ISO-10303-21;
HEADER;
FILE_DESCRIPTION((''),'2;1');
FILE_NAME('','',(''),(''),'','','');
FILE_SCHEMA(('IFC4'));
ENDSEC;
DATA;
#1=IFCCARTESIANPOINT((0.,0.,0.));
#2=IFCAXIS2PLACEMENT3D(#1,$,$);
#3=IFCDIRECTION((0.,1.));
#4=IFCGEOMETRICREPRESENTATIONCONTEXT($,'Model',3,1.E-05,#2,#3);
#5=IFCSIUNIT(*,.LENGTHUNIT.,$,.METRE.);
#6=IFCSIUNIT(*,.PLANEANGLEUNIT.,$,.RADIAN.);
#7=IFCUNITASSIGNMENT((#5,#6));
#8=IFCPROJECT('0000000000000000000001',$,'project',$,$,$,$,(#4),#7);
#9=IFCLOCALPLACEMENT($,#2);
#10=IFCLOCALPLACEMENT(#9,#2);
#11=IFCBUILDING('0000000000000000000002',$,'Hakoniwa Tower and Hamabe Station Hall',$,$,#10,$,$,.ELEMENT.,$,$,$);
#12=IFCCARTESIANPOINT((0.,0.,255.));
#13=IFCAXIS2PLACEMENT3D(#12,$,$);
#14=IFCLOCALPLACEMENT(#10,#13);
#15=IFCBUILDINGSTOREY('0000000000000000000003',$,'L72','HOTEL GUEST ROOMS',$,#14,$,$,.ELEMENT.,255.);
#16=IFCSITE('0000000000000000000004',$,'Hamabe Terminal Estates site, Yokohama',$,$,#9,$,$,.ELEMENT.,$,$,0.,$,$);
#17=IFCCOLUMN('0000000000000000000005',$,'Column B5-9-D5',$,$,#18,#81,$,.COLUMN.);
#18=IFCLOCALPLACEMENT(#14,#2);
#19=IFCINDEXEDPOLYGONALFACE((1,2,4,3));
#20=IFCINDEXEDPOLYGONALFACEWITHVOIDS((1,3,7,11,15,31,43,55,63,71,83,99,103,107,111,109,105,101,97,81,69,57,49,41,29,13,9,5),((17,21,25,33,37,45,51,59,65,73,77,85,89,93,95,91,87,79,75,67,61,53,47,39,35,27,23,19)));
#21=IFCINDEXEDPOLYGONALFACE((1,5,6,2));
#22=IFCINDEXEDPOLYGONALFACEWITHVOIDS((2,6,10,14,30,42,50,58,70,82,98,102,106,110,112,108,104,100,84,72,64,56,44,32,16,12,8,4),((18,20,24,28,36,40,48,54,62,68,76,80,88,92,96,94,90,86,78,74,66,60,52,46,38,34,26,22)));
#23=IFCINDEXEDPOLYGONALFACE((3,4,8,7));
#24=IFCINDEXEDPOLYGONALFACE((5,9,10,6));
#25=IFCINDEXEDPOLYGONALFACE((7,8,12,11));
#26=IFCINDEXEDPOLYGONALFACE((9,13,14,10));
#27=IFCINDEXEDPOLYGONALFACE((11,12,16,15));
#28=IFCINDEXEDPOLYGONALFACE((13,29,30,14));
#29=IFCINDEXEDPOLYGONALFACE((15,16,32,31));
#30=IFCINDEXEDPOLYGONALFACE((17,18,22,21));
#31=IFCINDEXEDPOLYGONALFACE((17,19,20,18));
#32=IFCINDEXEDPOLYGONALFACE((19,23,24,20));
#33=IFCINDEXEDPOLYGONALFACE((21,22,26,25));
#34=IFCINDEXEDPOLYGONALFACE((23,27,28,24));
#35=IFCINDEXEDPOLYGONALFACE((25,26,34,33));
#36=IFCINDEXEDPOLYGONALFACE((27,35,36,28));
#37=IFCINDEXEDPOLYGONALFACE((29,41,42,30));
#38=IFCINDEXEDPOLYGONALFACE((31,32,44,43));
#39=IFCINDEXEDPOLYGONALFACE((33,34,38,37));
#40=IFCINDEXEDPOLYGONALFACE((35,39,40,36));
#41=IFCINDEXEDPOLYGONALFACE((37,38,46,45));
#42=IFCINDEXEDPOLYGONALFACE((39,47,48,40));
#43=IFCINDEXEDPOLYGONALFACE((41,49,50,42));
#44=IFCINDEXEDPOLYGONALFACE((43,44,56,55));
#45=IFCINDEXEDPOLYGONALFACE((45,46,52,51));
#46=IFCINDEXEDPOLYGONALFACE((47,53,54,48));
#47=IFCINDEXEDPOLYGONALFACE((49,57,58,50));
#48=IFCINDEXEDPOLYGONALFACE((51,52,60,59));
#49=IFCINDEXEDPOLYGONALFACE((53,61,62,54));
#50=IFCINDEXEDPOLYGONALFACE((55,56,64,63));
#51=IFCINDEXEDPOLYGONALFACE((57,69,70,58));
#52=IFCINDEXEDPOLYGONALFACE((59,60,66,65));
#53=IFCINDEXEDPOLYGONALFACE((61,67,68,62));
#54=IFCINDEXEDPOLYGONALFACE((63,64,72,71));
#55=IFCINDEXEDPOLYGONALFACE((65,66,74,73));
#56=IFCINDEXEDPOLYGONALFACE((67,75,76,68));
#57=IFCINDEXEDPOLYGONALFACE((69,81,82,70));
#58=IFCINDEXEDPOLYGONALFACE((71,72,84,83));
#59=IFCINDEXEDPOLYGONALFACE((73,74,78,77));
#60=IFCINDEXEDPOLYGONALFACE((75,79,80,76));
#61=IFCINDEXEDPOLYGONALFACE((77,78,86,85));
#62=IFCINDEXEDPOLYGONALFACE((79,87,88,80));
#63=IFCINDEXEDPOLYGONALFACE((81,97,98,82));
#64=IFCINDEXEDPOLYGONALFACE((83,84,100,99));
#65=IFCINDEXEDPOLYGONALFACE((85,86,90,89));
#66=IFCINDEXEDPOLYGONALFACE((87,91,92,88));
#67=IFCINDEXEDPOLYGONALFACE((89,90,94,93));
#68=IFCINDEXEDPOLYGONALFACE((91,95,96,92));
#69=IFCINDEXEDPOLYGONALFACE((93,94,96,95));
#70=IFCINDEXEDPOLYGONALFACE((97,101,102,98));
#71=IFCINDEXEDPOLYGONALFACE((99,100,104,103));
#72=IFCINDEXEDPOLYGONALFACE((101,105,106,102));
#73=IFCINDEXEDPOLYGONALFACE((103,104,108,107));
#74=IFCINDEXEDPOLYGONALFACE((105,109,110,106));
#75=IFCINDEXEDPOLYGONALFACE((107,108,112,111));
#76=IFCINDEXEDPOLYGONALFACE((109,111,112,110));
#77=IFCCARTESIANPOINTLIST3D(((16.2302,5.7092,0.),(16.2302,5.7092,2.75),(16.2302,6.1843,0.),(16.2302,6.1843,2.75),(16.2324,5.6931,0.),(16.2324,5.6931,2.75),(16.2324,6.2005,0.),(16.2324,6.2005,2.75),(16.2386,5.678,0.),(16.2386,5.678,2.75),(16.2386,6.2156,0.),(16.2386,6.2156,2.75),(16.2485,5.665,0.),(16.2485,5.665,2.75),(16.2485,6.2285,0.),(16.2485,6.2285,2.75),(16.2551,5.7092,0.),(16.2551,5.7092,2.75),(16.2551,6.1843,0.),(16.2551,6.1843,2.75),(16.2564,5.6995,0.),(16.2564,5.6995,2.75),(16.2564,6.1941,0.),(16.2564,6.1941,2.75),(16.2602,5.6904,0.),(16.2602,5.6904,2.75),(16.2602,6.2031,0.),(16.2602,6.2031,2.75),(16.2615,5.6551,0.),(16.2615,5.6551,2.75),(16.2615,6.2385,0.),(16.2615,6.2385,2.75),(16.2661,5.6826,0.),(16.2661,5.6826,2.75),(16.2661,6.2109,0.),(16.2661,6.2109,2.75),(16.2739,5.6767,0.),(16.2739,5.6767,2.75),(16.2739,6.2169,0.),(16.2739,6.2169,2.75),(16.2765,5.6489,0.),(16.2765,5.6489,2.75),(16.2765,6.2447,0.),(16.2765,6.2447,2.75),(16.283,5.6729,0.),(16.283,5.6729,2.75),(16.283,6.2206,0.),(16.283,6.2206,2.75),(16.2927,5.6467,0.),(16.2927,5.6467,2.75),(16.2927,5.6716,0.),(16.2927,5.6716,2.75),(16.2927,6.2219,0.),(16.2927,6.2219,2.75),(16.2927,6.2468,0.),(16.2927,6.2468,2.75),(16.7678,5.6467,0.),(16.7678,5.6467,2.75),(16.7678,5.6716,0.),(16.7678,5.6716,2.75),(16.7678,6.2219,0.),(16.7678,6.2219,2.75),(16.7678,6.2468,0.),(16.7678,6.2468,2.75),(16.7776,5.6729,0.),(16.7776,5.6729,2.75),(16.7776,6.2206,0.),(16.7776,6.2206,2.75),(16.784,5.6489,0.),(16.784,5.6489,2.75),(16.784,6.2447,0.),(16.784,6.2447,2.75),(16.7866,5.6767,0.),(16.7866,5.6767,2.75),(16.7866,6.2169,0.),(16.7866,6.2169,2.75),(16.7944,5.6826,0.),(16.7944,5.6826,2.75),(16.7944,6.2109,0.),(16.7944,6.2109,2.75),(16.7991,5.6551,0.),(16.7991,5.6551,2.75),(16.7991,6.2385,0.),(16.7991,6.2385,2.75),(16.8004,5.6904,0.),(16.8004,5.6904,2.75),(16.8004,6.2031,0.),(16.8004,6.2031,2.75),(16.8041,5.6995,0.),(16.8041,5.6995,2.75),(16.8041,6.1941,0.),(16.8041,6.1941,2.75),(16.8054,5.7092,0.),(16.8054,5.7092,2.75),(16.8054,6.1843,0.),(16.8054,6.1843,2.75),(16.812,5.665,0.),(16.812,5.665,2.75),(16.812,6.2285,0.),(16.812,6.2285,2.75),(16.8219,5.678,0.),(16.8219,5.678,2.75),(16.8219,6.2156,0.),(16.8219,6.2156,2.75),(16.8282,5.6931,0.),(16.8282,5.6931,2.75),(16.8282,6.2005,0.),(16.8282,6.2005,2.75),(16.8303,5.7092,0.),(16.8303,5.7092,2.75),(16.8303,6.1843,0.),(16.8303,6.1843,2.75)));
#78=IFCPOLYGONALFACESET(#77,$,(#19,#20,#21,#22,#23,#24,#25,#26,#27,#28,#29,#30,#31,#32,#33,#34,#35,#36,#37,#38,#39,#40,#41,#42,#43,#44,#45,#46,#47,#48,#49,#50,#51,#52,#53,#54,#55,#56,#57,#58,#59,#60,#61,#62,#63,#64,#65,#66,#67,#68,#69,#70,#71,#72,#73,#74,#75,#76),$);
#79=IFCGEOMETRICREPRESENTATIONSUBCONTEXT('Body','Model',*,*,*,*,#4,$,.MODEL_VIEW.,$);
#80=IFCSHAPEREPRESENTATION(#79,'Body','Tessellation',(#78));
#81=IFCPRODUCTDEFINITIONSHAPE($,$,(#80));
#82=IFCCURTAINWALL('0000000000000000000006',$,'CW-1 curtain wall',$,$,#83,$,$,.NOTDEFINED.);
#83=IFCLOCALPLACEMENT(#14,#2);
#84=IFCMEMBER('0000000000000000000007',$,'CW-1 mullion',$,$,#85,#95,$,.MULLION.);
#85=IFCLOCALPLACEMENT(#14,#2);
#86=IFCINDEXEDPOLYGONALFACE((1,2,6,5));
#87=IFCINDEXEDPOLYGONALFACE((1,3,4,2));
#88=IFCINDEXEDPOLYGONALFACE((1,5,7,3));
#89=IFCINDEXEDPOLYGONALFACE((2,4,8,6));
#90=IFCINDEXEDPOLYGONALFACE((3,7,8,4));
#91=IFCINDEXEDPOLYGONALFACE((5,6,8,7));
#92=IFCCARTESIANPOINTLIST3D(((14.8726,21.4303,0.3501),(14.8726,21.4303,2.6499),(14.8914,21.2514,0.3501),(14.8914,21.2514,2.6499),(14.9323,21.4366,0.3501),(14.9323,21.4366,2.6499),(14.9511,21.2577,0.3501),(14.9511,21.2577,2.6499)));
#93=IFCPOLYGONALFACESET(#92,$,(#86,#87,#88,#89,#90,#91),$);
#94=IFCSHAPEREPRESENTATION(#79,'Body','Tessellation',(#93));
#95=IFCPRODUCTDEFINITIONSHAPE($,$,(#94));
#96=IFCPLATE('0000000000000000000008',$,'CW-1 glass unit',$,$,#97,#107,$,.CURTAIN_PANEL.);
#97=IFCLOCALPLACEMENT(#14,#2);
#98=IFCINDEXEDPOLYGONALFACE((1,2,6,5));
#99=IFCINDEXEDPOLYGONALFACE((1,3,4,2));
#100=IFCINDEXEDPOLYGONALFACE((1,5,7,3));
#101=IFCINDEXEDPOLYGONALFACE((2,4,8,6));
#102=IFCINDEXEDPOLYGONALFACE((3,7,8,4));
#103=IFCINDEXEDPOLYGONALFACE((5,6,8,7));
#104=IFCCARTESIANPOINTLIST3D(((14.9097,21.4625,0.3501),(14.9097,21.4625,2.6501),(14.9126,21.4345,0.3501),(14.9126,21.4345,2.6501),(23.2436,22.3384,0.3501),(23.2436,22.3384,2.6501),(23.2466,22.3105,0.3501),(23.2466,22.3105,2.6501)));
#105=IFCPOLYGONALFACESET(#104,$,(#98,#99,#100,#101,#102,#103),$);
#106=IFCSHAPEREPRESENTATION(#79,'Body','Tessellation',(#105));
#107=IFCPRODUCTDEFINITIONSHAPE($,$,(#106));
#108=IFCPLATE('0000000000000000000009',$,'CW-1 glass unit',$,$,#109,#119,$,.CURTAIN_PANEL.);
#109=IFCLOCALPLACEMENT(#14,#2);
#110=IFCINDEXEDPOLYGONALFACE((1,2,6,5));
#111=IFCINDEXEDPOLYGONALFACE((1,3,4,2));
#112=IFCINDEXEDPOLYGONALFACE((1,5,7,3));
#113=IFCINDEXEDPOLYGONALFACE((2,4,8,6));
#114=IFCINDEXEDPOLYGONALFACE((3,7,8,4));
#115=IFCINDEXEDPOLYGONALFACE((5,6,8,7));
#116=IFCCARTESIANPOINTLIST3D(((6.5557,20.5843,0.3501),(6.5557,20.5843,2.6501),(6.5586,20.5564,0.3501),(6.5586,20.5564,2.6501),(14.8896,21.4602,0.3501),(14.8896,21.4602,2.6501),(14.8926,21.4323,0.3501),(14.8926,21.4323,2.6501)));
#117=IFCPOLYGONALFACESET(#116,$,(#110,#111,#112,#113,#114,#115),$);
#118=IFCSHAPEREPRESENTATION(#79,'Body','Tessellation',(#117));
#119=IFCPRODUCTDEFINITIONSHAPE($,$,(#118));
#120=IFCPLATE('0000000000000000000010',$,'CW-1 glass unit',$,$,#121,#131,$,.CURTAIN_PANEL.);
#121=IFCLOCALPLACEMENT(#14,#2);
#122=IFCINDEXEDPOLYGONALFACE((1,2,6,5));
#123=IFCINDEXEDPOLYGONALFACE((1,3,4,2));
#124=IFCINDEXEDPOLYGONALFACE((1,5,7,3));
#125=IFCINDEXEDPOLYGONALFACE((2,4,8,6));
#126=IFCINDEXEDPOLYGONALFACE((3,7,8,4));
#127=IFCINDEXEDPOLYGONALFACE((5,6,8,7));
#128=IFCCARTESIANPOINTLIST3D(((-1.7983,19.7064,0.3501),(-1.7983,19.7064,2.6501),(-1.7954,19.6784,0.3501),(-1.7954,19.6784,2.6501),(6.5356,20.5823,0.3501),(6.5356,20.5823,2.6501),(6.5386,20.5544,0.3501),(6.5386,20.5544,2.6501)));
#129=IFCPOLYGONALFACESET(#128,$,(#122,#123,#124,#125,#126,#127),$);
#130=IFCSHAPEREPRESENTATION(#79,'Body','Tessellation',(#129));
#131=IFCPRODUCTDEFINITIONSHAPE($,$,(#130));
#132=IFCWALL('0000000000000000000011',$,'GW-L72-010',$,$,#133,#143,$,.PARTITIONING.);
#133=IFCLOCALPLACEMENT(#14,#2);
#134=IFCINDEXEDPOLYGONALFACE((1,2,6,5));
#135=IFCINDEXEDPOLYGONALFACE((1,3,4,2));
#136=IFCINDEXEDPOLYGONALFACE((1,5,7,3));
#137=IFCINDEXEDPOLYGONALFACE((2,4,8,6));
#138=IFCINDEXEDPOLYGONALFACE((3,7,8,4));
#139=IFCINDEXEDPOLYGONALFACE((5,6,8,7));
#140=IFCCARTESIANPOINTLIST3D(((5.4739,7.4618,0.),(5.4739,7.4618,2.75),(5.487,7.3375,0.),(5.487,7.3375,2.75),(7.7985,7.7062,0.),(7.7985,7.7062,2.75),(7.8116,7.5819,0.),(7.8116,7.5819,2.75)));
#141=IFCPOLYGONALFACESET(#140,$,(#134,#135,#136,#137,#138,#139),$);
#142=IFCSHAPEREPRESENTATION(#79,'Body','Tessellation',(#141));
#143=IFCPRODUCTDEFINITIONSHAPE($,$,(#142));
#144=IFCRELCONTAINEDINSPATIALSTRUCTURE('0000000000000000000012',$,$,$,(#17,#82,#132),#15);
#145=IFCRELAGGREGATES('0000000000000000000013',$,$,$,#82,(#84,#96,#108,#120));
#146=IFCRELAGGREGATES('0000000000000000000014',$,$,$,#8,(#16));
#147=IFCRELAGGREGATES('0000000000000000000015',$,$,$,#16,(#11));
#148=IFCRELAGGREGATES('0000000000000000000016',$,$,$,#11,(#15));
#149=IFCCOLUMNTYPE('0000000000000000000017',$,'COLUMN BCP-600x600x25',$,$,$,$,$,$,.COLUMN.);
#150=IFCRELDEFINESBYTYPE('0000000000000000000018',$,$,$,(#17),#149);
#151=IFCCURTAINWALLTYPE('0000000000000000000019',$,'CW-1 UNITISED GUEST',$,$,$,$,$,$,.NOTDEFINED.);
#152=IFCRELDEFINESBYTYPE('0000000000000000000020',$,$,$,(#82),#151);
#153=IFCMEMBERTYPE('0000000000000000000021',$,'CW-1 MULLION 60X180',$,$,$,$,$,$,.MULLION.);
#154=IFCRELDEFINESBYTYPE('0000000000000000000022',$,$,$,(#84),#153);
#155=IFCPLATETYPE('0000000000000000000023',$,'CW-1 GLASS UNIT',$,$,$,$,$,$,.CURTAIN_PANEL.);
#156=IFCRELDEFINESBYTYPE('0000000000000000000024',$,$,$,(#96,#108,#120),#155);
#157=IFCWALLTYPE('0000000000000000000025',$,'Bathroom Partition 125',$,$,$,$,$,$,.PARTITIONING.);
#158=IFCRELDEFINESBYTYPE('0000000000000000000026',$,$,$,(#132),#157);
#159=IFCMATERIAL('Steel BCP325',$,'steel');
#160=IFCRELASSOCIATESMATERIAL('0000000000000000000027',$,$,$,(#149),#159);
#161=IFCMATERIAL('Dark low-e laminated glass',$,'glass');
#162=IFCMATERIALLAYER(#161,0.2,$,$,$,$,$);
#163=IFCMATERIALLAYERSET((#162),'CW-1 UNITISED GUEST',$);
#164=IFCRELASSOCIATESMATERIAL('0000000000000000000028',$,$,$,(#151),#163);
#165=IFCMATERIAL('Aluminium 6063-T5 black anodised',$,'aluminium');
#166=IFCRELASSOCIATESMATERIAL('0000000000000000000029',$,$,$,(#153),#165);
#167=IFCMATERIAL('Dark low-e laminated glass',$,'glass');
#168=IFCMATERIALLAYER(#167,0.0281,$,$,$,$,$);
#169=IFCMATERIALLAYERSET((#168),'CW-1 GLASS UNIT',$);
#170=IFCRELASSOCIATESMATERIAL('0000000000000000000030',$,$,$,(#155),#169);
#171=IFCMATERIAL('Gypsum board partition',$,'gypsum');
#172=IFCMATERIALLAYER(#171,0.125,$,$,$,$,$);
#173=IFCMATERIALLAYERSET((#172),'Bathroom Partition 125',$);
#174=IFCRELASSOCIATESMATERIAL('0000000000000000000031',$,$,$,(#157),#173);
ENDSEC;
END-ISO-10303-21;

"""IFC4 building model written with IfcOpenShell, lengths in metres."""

from ifc_helpers import new_model, si_unit, direction, frame, frame_2d, origin, origin_2d, place, context, subcontext, project, spatial, rectangle, hollow_rectangle, extrude, material, layer, layer_set, material_profile, profile_set, type_object, element, aggregate, save


model = new_model("IFC4")

# Units and contexts
model_context = context("Model", 3, precision=1e-05, world=origin(), true_north=direction((0.0, 1.0)))
body_context = subcontext(model_context, "Body", "Model", "MODEL_VIEW")
ifc_project = project(units=[si_unit("LENGTHUNIT", "METRE"), si_unit("PLANEANGLEUNIT", "RADIAN")], contexts=[model_context])

# Site, building, storey
site_placement = place(None, origin())
site = spatial("IfcSite", under=ifc_project, at=site_placement, Name="Hamabe Terminal Estates site, Yokohama", CompositionType="ELEMENT", RefElevation=0.0)
building_placement = place(site_placement, origin())
building = spatial("IfcBuilding", under=site, at=building_placement, Name="Hakoniwa Tower and Hamabe Station Hall", CompositionType="ELEMENT")
storey_placement = place(building_placement, frame((0.0, 0.0, 255.0)))
storey = spatial("IfcBuildingStorey", under=building, at=storey_placement, Name="L72", Description="HOTEL GUEST ROOMS", CompositionType="ELEMENT", Elevation=255.0)

# Column
ifc_material_1 = material(Name="Steel BCP325", Category="steel")
ifc_material_profile_1 = material_profile(ifc_material_1, hollow_rectangle(XDim=0.6001, YDim=0.6001, WallThickness=0.0249, InnerFilletRadius=0.0376, OuterFilletRadius=0.0625, at=origin_2d()), Name="BCP-600x600x25")
ifc_profile_set_1 = profile_set([ifc_material_profile_1], Name="Steel BCP325")
column_type_1 = type_object("IfcColumnType", Name="COLUMN BCP-600x600x25", PredefinedType="COLUMN", material=ifc_profile_set_1)
column_placement = place(storey_placement, frame((16.5303, 5.9468, 0.0), z_axis=(0.0, 0.0, 1.0), x_axis=(1.0, 0.0, 0.0)))
element("IfcColumn", 1, at=column_placement, inside=storey, type_object=column_type_1, Name="Column B5-9-D5", PredefinedType="COLUMN", context=body_context, shape_type="SweptSolid", body=[
    extrude(hollow_rectangle(XDim=0.6001, YDim=0.6001, WallThickness=0.0249, InnerFilletRadius=0.0376, OuterFilletRadius=0.0625, at=origin_2d()), origin(), (0.0, 0.0, 1.0), 2.75),
])

# Curtain wall, member, plates
ifc_material_2 = material(Name="Dark low-e laminated glass", Category="glass")
ifc_layer_1 = layer(ifc_material_2, 0.2)
ifc_layer_set_1 = layer_set([ifc_layer_1], Name="CW-1 UNITISED GUEST")
curtain_wall_type = type_object("IfcCurtainWallType", Name="CW-1 UNITISED GUEST", PredefinedType="NOTDEFINED", material=ifc_layer_set_1)
curtain_wall_placement = place(storey_placement, origin())
curtain_wall = element("IfcCurtainWall", 2, at=curtain_wall_placement, inside=storey, type_object=curtain_wall_type, Name="CW-1 curtain wall", PredefinedType="NOTDEFINED")
ifc_material_3 = material(Name="Aluminium 6063-T5 black anodised", Category="aluminium")
ifc_material_profile_2 = material_profile(ifc_material_3, rectangle(XDim=0.0601, YDim=0.1799, at=origin_2d()), Name="CW-1 MULLION 60X180")
ifc_profile_set_2 = profile_set([ifc_material_profile_2], Name="Aluminium 6063-T5 black anodised")
member_type = type_object("IfcMemberType", Name="CW-1 MULLION 60X180", PredefinedType="MULLION", material=ifc_profile_set_2)
member_placement = place(storey_placement, frame((14.9119, 21.344, 0.3501), z_axis=(0.0, 0.0, 1.0), x_axis=(-0.994522, -0.104528, 0.0)))
member = element("IfcMember", 3, at=member_placement, type_object=member_type, Name="CW-1 mullion", PredefinedType="MULLION", context=body_context, shape_type="SweptSolid", body=[
    extrude(rectangle(XDim=0.0601, YDim=0.1799, at=origin_2d()), origin(), (0.0, 0.0, 1.0), 2.2998),
])
ifc_material_4 = material(Name="Dark low-e laminated glass", Category="glass")
ifc_layer_2 = layer(ifc_material_4, 0.0281)
ifc_layer_set_2 = layer_set([ifc_layer_2], Name="CW-1 GLASS UNIT")
plate_type = type_object("IfcPlateType", Name="CW-1 GLASS UNIT", PredefinedType="CURTAIN_PANEL", material=ifc_layer_set_2)
plate_1_placement = place(storey_placement, frame((19.0781, 21.8865, 0.3501), z_axis=(0.0, 0.0, 1.0), x_axis=(-0.994522, -0.104528, 0.0)))
plate_1 = element("IfcPlate", 4, at=plate_1_placement, type_object=plate_type, Name="CW-1 glass unit", PredefinedType="CURTAIN_PANEL", context=body_context, shape_type="SweptSolid", body=[
    extrude(rectangle(XDim=8.3799, YDim=0.0281, at=origin_2d()), origin(), (0.0, 0.0, 1.0), 2.3),
])
plate_2_placement = place(storey_placement, frame((10.7241, 21.0083, 0.3501), z_axis=(0.0, 0.0, 1.0), x_axis=(-0.994522, -0.104528, 0.0)))
plate_2 = element("IfcPlate", 5, at=plate_2_placement, type_object=plate_type, Name="CW-1 glass unit", PredefinedType="CURTAIN_PANEL", context=body_context, shape_type="SweptSolid", body=[
    extrude(rectangle(XDim=8.3799, YDim=0.0281, at=origin_2d()), origin(), (0.0, 0.0, 1.0), 2.3),
])
plate_3_placement = place(storey_placement, frame((2.3701, 20.1304, 0.3501), z_axis=(0.0, 0.0, 1.0), x_axis=(-0.994522, -0.104528, 0.0)))
plate_3 = element("IfcPlate", 6, at=plate_3_placement, type_object=plate_type, Name="CW-1 glass unit", PredefinedType="CURTAIN_PANEL", context=body_context, shape_type="SweptSolid", body=[
    extrude(rectangle(XDim=8.3799, YDim=0.0281, at=origin_2d()), origin(), (0.0, 0.0, 1.0), 2.3),
])
aggregate(curtain_wall, [member, plate_1, plate_2, plate_3])

# Wall
ifc_material_5 = material(Name="Gypsum board partition", Category="gypsum")
ifc_layer_3 = layer(ifc_material_5, 0.125)
ifc_layer_set_3 = layer_set([ifc_layer_3], Name="Bathroom Partition 125")
wall_type_1 = type_object("IfcWallType", Name="Bathroom Partition 125", PredefinedType="PARTITIONING", material=ifc_layer_set_3)
wall_1_placement = place(storey_placement, frame((5.4805, 7.3997, 0.0), z_axis=(0.0, 0.0, 1.0), x_axis=(0.99452, 0.104549, 0.0)))
element("IfcWall", 7, at=wall_1_placement, inside=storey, type_object=wall_type_1, Name="GW-L72-010", PredefinedType="PARTITIONING", context=body_context, shape_type="SweptSolid", body=[
    extrude(rectangle(XDim=2.3374, YDim=0.125, at=frame_2d((1.1687, 0.0))), origin(), (0.0, 0.0, 1.0), 2.75),
])

save(model, "model.ifc")
